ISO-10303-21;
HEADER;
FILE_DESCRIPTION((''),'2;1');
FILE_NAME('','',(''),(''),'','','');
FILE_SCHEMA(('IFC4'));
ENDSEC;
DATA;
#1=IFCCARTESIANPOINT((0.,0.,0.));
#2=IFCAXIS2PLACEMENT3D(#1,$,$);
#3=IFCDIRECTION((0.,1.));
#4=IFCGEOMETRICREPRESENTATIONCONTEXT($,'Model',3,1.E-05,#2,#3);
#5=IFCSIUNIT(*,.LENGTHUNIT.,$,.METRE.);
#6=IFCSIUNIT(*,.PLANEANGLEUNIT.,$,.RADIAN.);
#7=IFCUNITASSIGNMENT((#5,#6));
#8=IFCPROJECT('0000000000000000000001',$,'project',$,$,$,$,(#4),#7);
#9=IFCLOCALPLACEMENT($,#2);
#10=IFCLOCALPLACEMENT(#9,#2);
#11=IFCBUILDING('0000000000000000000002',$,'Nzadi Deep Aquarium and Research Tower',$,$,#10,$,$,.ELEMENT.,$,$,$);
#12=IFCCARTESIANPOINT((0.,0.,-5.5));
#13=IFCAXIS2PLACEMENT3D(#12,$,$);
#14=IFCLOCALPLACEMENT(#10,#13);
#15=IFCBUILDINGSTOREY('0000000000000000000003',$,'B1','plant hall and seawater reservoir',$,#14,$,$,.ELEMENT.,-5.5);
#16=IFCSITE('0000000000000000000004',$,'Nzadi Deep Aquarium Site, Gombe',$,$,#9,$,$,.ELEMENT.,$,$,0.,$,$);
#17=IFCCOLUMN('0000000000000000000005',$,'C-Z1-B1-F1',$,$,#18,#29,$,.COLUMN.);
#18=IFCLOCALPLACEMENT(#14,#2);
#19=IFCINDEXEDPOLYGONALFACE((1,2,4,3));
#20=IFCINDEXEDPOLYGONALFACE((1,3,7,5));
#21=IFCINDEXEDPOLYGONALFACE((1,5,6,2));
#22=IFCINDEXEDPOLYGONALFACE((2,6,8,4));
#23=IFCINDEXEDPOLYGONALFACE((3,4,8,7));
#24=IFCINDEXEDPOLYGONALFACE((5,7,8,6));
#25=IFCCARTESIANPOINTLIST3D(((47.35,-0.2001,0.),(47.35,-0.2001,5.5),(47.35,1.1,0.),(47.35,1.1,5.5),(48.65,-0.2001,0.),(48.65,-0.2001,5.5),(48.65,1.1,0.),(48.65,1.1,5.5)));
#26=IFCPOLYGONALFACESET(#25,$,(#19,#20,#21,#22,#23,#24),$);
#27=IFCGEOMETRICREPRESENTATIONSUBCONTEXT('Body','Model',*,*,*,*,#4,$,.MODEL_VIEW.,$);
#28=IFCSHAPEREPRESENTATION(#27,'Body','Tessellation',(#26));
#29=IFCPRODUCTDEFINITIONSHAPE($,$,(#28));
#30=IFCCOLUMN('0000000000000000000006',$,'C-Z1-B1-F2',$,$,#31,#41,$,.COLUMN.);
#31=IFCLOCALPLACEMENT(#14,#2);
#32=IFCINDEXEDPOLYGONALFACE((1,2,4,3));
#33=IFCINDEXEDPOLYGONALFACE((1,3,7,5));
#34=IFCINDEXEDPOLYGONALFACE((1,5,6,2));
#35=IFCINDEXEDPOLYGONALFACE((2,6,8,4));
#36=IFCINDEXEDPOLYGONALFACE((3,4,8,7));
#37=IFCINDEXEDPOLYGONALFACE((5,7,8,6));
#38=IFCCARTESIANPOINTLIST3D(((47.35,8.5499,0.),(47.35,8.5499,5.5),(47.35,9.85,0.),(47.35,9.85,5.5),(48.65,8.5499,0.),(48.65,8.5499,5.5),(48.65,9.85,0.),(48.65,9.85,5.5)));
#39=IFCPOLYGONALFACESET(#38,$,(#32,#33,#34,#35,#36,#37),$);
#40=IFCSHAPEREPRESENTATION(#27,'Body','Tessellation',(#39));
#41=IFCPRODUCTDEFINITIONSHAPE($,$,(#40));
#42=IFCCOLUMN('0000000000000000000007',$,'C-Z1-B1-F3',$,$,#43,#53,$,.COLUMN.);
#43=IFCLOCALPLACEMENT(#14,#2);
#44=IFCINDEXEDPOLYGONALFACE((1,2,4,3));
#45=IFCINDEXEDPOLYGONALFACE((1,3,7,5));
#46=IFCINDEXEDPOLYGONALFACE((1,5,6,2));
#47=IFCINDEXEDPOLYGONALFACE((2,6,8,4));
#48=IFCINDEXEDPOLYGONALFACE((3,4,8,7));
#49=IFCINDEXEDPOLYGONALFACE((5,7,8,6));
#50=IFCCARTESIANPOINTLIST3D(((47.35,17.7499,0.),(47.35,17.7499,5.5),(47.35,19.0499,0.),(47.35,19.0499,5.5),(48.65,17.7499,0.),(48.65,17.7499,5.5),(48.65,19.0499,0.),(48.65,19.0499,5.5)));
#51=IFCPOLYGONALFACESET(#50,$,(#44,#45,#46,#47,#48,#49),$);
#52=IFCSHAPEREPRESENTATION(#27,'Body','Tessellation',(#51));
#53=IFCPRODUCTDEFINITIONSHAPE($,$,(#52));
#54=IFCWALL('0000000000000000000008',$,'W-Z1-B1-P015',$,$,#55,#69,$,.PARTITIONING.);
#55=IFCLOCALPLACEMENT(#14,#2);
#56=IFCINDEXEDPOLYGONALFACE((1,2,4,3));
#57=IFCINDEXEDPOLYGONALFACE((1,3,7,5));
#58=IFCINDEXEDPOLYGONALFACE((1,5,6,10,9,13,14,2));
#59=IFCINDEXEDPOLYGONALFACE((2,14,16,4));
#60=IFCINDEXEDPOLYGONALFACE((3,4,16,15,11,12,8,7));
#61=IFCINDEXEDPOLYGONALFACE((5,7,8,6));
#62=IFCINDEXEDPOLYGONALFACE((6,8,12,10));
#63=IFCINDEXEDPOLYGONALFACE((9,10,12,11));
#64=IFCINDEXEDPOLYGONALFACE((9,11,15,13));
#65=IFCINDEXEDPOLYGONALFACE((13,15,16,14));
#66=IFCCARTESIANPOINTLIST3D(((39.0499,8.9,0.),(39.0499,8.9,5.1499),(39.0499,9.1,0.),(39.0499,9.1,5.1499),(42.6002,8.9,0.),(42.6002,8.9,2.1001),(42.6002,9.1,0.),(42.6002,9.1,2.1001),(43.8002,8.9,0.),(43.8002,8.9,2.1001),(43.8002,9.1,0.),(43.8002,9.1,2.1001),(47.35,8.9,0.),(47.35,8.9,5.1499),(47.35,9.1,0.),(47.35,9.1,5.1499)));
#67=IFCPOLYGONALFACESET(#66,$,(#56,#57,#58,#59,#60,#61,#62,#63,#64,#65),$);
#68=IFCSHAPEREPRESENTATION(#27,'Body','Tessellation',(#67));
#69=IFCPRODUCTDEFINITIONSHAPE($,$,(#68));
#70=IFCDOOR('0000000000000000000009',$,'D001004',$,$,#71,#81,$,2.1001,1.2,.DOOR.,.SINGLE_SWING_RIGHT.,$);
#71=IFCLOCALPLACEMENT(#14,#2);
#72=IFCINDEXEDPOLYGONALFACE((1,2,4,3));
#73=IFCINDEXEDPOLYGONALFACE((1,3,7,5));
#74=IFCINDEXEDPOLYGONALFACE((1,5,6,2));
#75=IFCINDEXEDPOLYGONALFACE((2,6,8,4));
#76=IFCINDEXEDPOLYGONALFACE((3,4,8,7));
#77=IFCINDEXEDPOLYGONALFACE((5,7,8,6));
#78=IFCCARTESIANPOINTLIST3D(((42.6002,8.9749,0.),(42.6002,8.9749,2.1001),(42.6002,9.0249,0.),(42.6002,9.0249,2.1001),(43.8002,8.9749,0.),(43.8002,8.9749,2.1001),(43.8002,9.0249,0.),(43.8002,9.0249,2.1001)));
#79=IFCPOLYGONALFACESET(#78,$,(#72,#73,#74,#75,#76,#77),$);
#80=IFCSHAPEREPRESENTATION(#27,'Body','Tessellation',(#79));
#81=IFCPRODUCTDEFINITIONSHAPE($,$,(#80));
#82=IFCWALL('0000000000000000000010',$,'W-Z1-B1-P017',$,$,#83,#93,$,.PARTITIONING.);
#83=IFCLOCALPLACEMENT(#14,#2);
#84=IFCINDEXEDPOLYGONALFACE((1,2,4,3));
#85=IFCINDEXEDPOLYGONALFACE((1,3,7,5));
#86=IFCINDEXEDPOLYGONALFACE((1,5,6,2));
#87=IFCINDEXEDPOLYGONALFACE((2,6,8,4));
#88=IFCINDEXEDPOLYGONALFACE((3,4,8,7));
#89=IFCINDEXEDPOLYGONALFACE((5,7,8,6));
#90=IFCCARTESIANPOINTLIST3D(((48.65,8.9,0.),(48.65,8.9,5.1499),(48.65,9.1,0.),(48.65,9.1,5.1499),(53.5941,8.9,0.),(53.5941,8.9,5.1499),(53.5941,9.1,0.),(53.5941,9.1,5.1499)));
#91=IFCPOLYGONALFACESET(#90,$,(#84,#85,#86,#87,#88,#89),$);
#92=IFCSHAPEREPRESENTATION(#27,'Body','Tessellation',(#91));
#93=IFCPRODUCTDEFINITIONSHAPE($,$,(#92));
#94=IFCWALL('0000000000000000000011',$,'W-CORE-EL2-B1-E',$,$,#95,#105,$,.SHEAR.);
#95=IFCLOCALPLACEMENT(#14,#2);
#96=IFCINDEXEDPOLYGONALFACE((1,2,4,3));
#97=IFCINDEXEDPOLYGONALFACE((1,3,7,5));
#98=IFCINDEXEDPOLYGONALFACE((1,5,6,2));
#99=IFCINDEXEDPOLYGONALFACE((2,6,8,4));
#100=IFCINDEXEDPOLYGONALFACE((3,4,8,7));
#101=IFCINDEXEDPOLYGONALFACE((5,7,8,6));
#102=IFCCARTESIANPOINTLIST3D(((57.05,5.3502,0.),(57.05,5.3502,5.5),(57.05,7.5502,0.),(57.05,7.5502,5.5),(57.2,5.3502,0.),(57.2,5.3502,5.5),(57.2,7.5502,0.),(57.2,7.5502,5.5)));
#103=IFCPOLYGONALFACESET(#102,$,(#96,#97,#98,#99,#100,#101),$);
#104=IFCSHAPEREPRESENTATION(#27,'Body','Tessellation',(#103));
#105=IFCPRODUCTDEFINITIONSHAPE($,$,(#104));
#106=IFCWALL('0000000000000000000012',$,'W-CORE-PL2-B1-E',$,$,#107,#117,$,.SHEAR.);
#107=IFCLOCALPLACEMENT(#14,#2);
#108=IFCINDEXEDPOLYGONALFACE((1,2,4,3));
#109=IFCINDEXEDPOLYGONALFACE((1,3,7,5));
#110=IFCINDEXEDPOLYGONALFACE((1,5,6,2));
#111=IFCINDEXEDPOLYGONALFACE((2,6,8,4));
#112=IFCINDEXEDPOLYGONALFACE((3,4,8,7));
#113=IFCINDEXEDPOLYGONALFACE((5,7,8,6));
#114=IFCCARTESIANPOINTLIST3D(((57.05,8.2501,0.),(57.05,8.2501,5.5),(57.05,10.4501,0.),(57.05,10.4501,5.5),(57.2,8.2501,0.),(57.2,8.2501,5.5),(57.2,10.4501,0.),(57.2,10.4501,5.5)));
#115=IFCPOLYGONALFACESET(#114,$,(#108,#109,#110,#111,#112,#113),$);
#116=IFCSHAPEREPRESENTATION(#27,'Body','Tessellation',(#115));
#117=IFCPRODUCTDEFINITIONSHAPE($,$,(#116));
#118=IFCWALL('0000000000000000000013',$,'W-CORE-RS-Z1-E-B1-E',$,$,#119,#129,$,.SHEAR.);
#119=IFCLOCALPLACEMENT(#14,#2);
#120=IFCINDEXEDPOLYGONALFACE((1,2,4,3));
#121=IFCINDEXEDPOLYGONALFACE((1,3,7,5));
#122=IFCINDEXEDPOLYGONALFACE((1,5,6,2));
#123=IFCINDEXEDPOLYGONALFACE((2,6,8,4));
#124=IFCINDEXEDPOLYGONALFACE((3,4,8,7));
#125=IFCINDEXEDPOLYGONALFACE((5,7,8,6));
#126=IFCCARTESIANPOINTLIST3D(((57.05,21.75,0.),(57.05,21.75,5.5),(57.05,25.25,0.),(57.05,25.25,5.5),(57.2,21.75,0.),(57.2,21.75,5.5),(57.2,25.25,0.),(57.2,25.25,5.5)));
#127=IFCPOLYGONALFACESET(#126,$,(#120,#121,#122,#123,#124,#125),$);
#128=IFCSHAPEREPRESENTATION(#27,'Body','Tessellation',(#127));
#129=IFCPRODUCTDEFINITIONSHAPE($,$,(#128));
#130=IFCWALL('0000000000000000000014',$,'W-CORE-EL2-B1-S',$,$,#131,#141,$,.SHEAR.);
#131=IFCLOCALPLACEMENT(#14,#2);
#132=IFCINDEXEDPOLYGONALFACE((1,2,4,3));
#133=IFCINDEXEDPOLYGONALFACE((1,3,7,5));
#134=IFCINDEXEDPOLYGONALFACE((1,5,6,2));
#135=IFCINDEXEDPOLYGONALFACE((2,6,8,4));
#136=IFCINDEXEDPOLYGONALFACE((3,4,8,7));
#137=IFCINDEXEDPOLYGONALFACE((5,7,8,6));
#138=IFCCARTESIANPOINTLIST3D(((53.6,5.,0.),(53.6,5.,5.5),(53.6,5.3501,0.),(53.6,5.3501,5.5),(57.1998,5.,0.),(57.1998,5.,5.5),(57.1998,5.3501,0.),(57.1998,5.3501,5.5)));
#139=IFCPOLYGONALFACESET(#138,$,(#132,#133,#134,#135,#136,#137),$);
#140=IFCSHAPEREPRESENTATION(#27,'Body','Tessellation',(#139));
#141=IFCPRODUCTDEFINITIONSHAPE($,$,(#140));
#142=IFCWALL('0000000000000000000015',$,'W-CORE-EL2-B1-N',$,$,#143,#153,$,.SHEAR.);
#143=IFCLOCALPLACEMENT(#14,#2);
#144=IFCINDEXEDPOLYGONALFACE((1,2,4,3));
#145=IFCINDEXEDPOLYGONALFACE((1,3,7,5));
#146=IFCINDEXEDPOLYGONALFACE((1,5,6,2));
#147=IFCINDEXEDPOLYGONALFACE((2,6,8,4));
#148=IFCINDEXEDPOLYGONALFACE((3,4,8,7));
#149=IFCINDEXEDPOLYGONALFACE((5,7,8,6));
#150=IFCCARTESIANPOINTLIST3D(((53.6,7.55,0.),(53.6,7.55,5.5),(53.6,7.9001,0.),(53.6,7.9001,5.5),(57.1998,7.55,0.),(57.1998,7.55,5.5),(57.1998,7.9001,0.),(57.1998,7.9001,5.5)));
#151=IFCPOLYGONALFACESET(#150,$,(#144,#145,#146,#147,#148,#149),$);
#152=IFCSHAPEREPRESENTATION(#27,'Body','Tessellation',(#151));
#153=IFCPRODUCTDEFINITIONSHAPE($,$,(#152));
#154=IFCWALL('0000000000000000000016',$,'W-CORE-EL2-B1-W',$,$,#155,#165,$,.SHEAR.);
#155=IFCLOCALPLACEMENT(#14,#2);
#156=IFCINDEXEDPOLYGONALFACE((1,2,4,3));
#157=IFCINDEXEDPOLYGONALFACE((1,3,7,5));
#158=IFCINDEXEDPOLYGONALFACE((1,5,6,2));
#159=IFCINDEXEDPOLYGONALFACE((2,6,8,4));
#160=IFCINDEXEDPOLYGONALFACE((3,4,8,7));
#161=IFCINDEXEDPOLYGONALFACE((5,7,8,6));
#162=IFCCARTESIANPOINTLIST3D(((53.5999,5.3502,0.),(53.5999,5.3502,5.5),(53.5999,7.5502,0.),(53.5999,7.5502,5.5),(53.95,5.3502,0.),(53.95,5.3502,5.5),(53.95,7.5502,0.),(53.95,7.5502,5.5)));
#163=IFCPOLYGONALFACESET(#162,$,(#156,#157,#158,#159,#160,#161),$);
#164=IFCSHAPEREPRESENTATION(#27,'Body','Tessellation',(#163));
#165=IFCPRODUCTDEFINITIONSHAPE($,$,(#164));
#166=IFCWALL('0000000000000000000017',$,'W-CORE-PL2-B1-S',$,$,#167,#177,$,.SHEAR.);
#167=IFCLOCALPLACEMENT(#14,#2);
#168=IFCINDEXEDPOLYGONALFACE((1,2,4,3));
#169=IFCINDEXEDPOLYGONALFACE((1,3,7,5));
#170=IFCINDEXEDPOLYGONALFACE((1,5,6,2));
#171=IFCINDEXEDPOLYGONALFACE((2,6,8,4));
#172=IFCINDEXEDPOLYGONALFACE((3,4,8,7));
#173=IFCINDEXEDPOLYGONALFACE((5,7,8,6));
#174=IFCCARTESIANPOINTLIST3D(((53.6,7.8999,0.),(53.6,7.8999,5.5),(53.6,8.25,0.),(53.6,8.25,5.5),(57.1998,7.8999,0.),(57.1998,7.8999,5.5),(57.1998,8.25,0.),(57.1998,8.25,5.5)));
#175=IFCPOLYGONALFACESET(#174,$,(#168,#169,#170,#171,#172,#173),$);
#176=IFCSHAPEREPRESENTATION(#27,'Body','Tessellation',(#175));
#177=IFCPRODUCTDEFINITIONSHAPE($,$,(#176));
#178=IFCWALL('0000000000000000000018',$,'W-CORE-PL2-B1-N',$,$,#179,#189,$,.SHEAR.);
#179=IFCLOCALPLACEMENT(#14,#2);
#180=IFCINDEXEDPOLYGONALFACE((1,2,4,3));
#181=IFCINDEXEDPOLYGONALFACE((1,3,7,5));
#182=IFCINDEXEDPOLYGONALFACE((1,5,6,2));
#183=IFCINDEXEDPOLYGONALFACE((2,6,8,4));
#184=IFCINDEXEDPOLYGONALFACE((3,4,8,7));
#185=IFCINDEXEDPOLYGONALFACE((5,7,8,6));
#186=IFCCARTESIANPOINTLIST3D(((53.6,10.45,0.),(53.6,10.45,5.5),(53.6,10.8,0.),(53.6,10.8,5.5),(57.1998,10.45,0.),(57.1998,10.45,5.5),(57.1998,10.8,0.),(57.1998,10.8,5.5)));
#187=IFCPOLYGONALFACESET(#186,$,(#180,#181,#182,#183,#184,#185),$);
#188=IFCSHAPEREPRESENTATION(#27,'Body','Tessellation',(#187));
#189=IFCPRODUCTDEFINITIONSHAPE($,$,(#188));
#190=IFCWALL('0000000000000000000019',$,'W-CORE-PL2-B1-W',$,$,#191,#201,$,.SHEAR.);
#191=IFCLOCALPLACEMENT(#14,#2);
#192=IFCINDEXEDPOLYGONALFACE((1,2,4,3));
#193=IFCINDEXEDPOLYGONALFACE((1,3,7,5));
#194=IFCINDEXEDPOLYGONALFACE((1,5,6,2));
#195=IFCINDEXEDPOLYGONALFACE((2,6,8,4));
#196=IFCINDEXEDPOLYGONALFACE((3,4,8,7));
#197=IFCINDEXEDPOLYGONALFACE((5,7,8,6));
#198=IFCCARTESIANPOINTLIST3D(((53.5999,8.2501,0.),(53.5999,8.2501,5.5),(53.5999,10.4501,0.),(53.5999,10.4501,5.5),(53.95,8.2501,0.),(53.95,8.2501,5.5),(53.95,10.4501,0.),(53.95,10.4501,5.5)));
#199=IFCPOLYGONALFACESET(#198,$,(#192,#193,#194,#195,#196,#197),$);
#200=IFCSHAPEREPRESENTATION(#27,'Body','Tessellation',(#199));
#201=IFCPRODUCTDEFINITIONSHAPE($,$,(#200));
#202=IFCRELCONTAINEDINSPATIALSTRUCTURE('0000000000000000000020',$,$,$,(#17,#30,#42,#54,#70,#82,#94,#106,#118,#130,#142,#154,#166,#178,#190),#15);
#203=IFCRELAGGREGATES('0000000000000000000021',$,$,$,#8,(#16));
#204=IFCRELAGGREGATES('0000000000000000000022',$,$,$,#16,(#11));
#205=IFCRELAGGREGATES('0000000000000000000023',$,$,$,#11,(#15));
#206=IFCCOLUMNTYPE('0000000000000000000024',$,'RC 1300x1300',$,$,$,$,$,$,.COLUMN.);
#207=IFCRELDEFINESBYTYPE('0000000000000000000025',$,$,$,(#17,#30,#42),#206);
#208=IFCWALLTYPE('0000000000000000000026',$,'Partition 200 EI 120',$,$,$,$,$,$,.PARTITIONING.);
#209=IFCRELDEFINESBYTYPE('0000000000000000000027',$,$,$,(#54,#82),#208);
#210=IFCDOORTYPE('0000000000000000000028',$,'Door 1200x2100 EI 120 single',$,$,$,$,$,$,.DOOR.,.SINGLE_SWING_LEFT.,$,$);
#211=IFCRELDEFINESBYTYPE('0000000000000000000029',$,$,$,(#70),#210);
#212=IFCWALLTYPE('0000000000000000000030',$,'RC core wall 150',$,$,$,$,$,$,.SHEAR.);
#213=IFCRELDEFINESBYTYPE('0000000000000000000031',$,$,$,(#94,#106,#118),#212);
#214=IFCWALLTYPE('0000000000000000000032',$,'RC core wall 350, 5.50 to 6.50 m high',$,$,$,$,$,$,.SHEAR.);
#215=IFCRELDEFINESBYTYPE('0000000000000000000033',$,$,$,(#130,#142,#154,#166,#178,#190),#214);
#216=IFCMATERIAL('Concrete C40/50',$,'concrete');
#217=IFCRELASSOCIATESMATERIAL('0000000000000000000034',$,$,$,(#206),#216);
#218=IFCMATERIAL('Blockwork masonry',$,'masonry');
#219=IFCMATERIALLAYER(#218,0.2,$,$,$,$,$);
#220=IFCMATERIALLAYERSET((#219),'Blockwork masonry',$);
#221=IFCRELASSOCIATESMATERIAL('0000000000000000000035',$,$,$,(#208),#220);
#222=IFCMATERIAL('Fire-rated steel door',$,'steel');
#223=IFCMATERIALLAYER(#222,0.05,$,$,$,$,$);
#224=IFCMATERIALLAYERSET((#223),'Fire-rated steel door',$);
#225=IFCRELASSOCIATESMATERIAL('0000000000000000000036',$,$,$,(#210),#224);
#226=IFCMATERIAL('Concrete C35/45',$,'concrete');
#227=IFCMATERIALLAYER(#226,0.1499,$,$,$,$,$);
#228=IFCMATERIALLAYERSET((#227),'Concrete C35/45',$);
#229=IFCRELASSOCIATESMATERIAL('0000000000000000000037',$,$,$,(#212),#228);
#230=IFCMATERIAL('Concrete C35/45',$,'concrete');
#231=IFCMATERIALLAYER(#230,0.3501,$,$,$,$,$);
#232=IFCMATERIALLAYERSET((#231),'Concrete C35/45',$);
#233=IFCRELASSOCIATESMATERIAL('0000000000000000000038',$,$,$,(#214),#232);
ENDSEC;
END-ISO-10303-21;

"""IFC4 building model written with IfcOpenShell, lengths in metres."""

from ifc_helpers import new_model, si_unit, direction, frame, frame_2d, origin, origin_2d, place, context, subcontext, project, spatial, rectangle, extrude, material, layer, layer_set, material_profile, profile_set, type_object, element, fill, save


model = new_model("IFC4")

# Units and contexts
model_context = context("Model", 3, precision=1e-05, world=origin(), true_north=direction((0.0, 1.0)))
body_context = subcontext(model_context, "Body", "Model", "MODEL_VIEW")
ifc_project = project(units=[si_unit("LENGTHUNIT", "METRE"), si_unit("PLANEANGLEUNIT", "RADIAN")], contexts=[model_context])

# Site, building, storey
site_placement = place(None, origin())
site = spatial("IfcSite", under=ifc_project, at=site_placement, Name="Nzadi Deep Aquarium Site, Gombe", CompositionType="ELEMENT", RefElevation=0.0)
building_placement = place(site_placement, origin())
building = spatial("IfcBuilding", under=site, at=building_placement, Name="Nzadi Deep Aquarium and Research Tower", CompositionType="ELEMENT")
storey_placement = place(building_placement, frame((0.0, 0.0, -5.5)))
storey = spatial("IfcBuildingStorey", under=building, at=storey_placement, Name="B1", Description="plant hall and seawater reservoir", CompositionType="ELEMENT", Elevation=-5.5)

# Columns
ifc_material_1 = material(Name="Concrete C40/50", Category="concrete")
ifc_material_profile_1 = material_profile(ifc_material_1, rectangle(XDim=1.3, YDim=1.3, at=origin_2d()))
ifc_profile_set_1 = profile_set([ifc_material_profile_1], Name="Concrete C40/50")
column_type = type_object("IfcColumnType", Name="RC 1300x1300", PredefinedType="COLUMN", material=ifc_profile_set_1)
for number, where, z_axis, x_axis, name in (
    (1, (48.0, 0.45, 0.0), (0.0, 0.0, 1.0), (1.0, 0.0, 0.0), "C-Z1-B1-F1"),
    (2, (48.0, 9.2, 0.0), (0.0, 0.0, 1.0), (1.0, 0.0, 0.0), "C-Z1-B1-F2"),
    (3, (48.0, 18.3999, 0.0), (0.0, 0.0, 1.0), (1.0, 0.0, 0.0), "C-Z1-B1-F3"),
):
    element("IfcColumn", number, at=place(storey_placement, frame(where, z_axis=z_axis, x_axis=x_axis)), inside=storey, type_object=column_type, Name=name, PredefinedType="COLUMN", context=body_context, shape_type="SweptSolid", body=[
        extrude(rectangle(XDim=1.3, YDim=1.3, at=origin_2d()), origin(), (0.0, 0.0, 1.0), 5.5),
    ])

# Wall, opening, door
ifc_material_2 = material(Name="Blockwork masonry", Category="masonry")
ifc_layer_1 = layer(ifc_material_2, 0.2)
ifc_layer_set_1 = layer_set([ifc_layer_1], Name="Blockwork masonry")
wall_type_1 = type_object("IfcWallType", Name="Partition 200 EI 120", PredefinedType="PARTITIONING", material=ifc_layer_set_1)
wall_1_placement = place(storey_placement, frame((39.05, 9.0, 0.0), z_axis=(0.0, 0.0, 1.0), x_axis=(1.0, 0.0, 0.0)))
wall_1 = element("IfcWall", 4, at=wall_1_placement, inside=storey, type_object=wall_type_1, Name="W-Z1-B1-P015", PredefinedType="PARTITIONING", context=body_context, shape_type="SweptSolid", body=[
    extrude(rectangle(XDim=8.3, YDim=0.2, at=frame_2d((4.1499, 0.0))), origin(), (0.0, 0.0, 1.0), 5.1499),
])
opening_placement = place(wall_1_placement, frame((3.55, 0.0, 0.0)))
opening = element("IfcOpeningElement", 5, at=opening_placement, cuts=wall_1, PredefinedType="OPENING", context=body_context, shape_type="SweptSolid", body=[
    extrude(rectangle(XDim=1.2, YDim=2.1001, at=frame_2d((0.6001, 1.05))), frame((0.0, 0.1101, 0.0), z_axis=(0.0, -1.0, 0.0), x_axis=(1.0, 0.0, 0.0)), (0.0, 0.0, 1.0), 0.2202),
])
ifc_material_3 = material(Name="Fire-rated steel door", Category="steel")
ifc_layer_2 = layer(ifc_material_3, 0.05)
ifc_layer_set_2 = layer_set([ifc_layer_2], Name="Fire-rated steel door")
door_type = type_object("IfcDoorType", Name="Door 1200x2100 EI 120 single", OperationType="SINGLE_SWING_LEFT", PredefinedType="DOOR", material=ifc_layer_set_2)
door_placement = place(opening_placement, origin())
door = element("IfcDoor", 6, at=door_placement, inside=storey, type_object=door_type, Name="D001004", OperationType="SINGLE_SWING_RIGHT", OverallHeight=2.1001, OverallWidth=1.2, PredefinedType="DOOR", context=body_context, shape_type="SweptSolid", body=[
    extrude(rectangle(XDim=1.2, YDim=2.1001, at=frame_2d((0.6001, 1.05))), frame((0.0, 0.0249, 0.0), z_axis=(0.0, -1.0, 0.0), x_axis=(1.0, 0.0, 0.0)), (0.0, 0.0, 1.0), 0.05),
])
fill(opening, door)

# Walls
wall_2_placement = place(storey_placement, frame((48.6499, 9.0, 0.0), z_axis=(0.0, 0.0, 1.0), x_axis=(1.0, 0.0, 0.0)))
element("IfcWall", 7, at=wall_2_placement, inside=storey, type_object=wall_type_1, Name="W-Z1-B1-P017", PredefinedType="PARTITIONING", context=body_context, shape_type="SweptSolid", body=[
    extrude(rectangle(XDim=4.9441, YDim=0.2, at=frame_2d((2.4722, 0.0))), origin(), (0.0, 0.0, 1.0), 5.1499),
])
ifc_material_4 = material(Name="Concrete C35/45", Category="concrete")
ifc_layer_3 = layer(ifc_material_4, 0.1499)
ifc_layer_set_3 = layer_set([ifc_layer_3], Name="Concrete C35/45")
wall_type_2 = type_object("IfcWallType", Name="RC core wall 150", PredefinedType="SHEAR", material=ifc_layer_set_3)
for number, where, z_axis, x_axis, name in (
    (8, (57.125, 5.3501, 0.0), (0.0, 0.0, 1.0), (0.0, 1.0, 0.0), "W-CORE-EL2-B1-E"),
    (9, (57.125, 8.25, 0.0), (0.0, 0.0, 1.0), (0.0, 1.0, 0.0), "W-CORE-PL2-B1-E"),
):
    element("IfcWall", number, at=place(storey_placement, frame(where, z_axis=z_axis, x_axis=x_axis)), inside=storey, type_object=wall_type_2, Name=name, PredefinedType="SHEAR", context=body_context, shape_type="SweptSolid", body=[
        extrude(rectangle(XDim=2.2, YDim=0.1499, at=frame_2d((1.1001, 0.0))), origin(), (0.0, 0.0, 1.0), 5.5),
    ])
wall_3_placement = place(storey_placement, frame((57.125, 21.75, 0.0), z_axis=(0.0, 0.0, 1.0), x_axis=(0.0, 1.0, 0.0)))
element("IfcWall", 10, at=wall_3_placement, inside=storey, type_object=wall_type_2, Name="W-CORE-RS-Z1-E-B1-E", PredefinedType="SHEAR", context=body_context, shape_type="SweptSolid", body=[
    extrude(rectangle(XDim=3.5, YDim=0.1499, at=frame_2d((1.75, 0.0))), origin(), (0.0, 0.0, 1.0), 5.5),
])
ifc_material_5 = material(Name="Concrete C35/45", Category="concrete")
ifc_layer_4 = layer(ifc_material_5, 0.3501)
ifc_layer_set_4 = layer_set([ifc_layer_4], Name="Concrete C35/45")
wall_type_3 = type_object("IfcWallType", Name="RC core wall 350, 5.50 to 6.50 m high", PredefinedType="SHEAR", material=ifc_layer_set_4)
for number, where, z_axis, x_axis, name in (
    (11, (53.6001, 5.175, 0.0), (0.0, 0.0, 1.0), (1.0, 0.0, 0.0), "W-CORE-EL2-B1-S"),
    (12, (53.6001, 7.7251, 0.0), (0.0, 0.0, 1.0), (1.0, 0.0, 0.0), "W-CORE-EL2-B1-N"),
):
    element("IfcWall", number, at=place(storey_placement, frame(where, z_axis=z_axis, x_axis=x_axis)), inside=storey, type_object=wall_type_3, Name=name, PredefinedType="SHEAR", context=body_context, shape_type="SweptSolid", body=[
        extrude(rectangle(XDim=3.5999, YDim=0.3501, at=frame_2d((1.7998, 0.0))), origin(), (0.0, 0.0, 1.0), 5.5),
    ])
wall_4_placement = place(storey_placement, frame((53.7749, 5.3501, 0.0), z_axis=(0.0, 0.0, 1.0), x_axis=(0.0, 1.0, 0.0)))
element("IfcWall", 13, at=wall_4_placement, inside=storey, type_object=wall_type_3, Name="W-CORE-EL2-B1-W", PredefinedType="SHEAR", context=body_context, shape_type="SweptSolid", body=[
    extrude(rectangle(XDim=2.2, YDim=0.3501, at=frame_2d((1.1001, 0.0))), origin(), (0.0, 0.0, 1.0), 5.5),
])
for number, where, z_axis, x_axis, name in (
    (14, (53.6001, 8.075, 0.0), (0.0, 0.0, 1.0), (1.0, 0.0, 0.0), "W-CORE-PL2-B1-S"),
    (15, (53.6001, 10.625, 0.0), (0.0, 0.0, 1.0), (1.0, 0.0, 0.0), "W-CORE-PL2-B1-N"),
):
    element("IfcWall", number, at=place(storey_placement, frame(where, z_axis=z_axis, x_axis=x_axis)), inside=storey, type_object=wall_type_3, Name=name, PredefinedType="SHEAR", context=body_context, shape_type="SweptSolid", body=[
        extrude(rectangle(XDim=3.5999, YDim=0.3501, at=frame_2d((1.7998, 0.0))), origin(), (0.0, 0.0, 1.0), 5.5),
    ])
wall_5_placement = place(storey_placement, frame((53.7749, 8.25, 0.0), z_axis=(0.0, 0.0, 1.0), x_axis=(0.0, 1.0, 0.0)))
element("IfcWall", 16, at=wall_5_placement, inside=storey, type_object=wall_type_3, Name="W-CORE-PL2-B1-W", PredefinedType="SHEAR", context=body_context, shape_type="SweptSolid", body=[
    extrude(rectangle(XDim=2.2, YDim=0.3501, at=frame_2d((1.1001, 0.0))), origin(), (0.0, 0.0, 1.0), 5.5),
])

save(model, "model.ifc")
